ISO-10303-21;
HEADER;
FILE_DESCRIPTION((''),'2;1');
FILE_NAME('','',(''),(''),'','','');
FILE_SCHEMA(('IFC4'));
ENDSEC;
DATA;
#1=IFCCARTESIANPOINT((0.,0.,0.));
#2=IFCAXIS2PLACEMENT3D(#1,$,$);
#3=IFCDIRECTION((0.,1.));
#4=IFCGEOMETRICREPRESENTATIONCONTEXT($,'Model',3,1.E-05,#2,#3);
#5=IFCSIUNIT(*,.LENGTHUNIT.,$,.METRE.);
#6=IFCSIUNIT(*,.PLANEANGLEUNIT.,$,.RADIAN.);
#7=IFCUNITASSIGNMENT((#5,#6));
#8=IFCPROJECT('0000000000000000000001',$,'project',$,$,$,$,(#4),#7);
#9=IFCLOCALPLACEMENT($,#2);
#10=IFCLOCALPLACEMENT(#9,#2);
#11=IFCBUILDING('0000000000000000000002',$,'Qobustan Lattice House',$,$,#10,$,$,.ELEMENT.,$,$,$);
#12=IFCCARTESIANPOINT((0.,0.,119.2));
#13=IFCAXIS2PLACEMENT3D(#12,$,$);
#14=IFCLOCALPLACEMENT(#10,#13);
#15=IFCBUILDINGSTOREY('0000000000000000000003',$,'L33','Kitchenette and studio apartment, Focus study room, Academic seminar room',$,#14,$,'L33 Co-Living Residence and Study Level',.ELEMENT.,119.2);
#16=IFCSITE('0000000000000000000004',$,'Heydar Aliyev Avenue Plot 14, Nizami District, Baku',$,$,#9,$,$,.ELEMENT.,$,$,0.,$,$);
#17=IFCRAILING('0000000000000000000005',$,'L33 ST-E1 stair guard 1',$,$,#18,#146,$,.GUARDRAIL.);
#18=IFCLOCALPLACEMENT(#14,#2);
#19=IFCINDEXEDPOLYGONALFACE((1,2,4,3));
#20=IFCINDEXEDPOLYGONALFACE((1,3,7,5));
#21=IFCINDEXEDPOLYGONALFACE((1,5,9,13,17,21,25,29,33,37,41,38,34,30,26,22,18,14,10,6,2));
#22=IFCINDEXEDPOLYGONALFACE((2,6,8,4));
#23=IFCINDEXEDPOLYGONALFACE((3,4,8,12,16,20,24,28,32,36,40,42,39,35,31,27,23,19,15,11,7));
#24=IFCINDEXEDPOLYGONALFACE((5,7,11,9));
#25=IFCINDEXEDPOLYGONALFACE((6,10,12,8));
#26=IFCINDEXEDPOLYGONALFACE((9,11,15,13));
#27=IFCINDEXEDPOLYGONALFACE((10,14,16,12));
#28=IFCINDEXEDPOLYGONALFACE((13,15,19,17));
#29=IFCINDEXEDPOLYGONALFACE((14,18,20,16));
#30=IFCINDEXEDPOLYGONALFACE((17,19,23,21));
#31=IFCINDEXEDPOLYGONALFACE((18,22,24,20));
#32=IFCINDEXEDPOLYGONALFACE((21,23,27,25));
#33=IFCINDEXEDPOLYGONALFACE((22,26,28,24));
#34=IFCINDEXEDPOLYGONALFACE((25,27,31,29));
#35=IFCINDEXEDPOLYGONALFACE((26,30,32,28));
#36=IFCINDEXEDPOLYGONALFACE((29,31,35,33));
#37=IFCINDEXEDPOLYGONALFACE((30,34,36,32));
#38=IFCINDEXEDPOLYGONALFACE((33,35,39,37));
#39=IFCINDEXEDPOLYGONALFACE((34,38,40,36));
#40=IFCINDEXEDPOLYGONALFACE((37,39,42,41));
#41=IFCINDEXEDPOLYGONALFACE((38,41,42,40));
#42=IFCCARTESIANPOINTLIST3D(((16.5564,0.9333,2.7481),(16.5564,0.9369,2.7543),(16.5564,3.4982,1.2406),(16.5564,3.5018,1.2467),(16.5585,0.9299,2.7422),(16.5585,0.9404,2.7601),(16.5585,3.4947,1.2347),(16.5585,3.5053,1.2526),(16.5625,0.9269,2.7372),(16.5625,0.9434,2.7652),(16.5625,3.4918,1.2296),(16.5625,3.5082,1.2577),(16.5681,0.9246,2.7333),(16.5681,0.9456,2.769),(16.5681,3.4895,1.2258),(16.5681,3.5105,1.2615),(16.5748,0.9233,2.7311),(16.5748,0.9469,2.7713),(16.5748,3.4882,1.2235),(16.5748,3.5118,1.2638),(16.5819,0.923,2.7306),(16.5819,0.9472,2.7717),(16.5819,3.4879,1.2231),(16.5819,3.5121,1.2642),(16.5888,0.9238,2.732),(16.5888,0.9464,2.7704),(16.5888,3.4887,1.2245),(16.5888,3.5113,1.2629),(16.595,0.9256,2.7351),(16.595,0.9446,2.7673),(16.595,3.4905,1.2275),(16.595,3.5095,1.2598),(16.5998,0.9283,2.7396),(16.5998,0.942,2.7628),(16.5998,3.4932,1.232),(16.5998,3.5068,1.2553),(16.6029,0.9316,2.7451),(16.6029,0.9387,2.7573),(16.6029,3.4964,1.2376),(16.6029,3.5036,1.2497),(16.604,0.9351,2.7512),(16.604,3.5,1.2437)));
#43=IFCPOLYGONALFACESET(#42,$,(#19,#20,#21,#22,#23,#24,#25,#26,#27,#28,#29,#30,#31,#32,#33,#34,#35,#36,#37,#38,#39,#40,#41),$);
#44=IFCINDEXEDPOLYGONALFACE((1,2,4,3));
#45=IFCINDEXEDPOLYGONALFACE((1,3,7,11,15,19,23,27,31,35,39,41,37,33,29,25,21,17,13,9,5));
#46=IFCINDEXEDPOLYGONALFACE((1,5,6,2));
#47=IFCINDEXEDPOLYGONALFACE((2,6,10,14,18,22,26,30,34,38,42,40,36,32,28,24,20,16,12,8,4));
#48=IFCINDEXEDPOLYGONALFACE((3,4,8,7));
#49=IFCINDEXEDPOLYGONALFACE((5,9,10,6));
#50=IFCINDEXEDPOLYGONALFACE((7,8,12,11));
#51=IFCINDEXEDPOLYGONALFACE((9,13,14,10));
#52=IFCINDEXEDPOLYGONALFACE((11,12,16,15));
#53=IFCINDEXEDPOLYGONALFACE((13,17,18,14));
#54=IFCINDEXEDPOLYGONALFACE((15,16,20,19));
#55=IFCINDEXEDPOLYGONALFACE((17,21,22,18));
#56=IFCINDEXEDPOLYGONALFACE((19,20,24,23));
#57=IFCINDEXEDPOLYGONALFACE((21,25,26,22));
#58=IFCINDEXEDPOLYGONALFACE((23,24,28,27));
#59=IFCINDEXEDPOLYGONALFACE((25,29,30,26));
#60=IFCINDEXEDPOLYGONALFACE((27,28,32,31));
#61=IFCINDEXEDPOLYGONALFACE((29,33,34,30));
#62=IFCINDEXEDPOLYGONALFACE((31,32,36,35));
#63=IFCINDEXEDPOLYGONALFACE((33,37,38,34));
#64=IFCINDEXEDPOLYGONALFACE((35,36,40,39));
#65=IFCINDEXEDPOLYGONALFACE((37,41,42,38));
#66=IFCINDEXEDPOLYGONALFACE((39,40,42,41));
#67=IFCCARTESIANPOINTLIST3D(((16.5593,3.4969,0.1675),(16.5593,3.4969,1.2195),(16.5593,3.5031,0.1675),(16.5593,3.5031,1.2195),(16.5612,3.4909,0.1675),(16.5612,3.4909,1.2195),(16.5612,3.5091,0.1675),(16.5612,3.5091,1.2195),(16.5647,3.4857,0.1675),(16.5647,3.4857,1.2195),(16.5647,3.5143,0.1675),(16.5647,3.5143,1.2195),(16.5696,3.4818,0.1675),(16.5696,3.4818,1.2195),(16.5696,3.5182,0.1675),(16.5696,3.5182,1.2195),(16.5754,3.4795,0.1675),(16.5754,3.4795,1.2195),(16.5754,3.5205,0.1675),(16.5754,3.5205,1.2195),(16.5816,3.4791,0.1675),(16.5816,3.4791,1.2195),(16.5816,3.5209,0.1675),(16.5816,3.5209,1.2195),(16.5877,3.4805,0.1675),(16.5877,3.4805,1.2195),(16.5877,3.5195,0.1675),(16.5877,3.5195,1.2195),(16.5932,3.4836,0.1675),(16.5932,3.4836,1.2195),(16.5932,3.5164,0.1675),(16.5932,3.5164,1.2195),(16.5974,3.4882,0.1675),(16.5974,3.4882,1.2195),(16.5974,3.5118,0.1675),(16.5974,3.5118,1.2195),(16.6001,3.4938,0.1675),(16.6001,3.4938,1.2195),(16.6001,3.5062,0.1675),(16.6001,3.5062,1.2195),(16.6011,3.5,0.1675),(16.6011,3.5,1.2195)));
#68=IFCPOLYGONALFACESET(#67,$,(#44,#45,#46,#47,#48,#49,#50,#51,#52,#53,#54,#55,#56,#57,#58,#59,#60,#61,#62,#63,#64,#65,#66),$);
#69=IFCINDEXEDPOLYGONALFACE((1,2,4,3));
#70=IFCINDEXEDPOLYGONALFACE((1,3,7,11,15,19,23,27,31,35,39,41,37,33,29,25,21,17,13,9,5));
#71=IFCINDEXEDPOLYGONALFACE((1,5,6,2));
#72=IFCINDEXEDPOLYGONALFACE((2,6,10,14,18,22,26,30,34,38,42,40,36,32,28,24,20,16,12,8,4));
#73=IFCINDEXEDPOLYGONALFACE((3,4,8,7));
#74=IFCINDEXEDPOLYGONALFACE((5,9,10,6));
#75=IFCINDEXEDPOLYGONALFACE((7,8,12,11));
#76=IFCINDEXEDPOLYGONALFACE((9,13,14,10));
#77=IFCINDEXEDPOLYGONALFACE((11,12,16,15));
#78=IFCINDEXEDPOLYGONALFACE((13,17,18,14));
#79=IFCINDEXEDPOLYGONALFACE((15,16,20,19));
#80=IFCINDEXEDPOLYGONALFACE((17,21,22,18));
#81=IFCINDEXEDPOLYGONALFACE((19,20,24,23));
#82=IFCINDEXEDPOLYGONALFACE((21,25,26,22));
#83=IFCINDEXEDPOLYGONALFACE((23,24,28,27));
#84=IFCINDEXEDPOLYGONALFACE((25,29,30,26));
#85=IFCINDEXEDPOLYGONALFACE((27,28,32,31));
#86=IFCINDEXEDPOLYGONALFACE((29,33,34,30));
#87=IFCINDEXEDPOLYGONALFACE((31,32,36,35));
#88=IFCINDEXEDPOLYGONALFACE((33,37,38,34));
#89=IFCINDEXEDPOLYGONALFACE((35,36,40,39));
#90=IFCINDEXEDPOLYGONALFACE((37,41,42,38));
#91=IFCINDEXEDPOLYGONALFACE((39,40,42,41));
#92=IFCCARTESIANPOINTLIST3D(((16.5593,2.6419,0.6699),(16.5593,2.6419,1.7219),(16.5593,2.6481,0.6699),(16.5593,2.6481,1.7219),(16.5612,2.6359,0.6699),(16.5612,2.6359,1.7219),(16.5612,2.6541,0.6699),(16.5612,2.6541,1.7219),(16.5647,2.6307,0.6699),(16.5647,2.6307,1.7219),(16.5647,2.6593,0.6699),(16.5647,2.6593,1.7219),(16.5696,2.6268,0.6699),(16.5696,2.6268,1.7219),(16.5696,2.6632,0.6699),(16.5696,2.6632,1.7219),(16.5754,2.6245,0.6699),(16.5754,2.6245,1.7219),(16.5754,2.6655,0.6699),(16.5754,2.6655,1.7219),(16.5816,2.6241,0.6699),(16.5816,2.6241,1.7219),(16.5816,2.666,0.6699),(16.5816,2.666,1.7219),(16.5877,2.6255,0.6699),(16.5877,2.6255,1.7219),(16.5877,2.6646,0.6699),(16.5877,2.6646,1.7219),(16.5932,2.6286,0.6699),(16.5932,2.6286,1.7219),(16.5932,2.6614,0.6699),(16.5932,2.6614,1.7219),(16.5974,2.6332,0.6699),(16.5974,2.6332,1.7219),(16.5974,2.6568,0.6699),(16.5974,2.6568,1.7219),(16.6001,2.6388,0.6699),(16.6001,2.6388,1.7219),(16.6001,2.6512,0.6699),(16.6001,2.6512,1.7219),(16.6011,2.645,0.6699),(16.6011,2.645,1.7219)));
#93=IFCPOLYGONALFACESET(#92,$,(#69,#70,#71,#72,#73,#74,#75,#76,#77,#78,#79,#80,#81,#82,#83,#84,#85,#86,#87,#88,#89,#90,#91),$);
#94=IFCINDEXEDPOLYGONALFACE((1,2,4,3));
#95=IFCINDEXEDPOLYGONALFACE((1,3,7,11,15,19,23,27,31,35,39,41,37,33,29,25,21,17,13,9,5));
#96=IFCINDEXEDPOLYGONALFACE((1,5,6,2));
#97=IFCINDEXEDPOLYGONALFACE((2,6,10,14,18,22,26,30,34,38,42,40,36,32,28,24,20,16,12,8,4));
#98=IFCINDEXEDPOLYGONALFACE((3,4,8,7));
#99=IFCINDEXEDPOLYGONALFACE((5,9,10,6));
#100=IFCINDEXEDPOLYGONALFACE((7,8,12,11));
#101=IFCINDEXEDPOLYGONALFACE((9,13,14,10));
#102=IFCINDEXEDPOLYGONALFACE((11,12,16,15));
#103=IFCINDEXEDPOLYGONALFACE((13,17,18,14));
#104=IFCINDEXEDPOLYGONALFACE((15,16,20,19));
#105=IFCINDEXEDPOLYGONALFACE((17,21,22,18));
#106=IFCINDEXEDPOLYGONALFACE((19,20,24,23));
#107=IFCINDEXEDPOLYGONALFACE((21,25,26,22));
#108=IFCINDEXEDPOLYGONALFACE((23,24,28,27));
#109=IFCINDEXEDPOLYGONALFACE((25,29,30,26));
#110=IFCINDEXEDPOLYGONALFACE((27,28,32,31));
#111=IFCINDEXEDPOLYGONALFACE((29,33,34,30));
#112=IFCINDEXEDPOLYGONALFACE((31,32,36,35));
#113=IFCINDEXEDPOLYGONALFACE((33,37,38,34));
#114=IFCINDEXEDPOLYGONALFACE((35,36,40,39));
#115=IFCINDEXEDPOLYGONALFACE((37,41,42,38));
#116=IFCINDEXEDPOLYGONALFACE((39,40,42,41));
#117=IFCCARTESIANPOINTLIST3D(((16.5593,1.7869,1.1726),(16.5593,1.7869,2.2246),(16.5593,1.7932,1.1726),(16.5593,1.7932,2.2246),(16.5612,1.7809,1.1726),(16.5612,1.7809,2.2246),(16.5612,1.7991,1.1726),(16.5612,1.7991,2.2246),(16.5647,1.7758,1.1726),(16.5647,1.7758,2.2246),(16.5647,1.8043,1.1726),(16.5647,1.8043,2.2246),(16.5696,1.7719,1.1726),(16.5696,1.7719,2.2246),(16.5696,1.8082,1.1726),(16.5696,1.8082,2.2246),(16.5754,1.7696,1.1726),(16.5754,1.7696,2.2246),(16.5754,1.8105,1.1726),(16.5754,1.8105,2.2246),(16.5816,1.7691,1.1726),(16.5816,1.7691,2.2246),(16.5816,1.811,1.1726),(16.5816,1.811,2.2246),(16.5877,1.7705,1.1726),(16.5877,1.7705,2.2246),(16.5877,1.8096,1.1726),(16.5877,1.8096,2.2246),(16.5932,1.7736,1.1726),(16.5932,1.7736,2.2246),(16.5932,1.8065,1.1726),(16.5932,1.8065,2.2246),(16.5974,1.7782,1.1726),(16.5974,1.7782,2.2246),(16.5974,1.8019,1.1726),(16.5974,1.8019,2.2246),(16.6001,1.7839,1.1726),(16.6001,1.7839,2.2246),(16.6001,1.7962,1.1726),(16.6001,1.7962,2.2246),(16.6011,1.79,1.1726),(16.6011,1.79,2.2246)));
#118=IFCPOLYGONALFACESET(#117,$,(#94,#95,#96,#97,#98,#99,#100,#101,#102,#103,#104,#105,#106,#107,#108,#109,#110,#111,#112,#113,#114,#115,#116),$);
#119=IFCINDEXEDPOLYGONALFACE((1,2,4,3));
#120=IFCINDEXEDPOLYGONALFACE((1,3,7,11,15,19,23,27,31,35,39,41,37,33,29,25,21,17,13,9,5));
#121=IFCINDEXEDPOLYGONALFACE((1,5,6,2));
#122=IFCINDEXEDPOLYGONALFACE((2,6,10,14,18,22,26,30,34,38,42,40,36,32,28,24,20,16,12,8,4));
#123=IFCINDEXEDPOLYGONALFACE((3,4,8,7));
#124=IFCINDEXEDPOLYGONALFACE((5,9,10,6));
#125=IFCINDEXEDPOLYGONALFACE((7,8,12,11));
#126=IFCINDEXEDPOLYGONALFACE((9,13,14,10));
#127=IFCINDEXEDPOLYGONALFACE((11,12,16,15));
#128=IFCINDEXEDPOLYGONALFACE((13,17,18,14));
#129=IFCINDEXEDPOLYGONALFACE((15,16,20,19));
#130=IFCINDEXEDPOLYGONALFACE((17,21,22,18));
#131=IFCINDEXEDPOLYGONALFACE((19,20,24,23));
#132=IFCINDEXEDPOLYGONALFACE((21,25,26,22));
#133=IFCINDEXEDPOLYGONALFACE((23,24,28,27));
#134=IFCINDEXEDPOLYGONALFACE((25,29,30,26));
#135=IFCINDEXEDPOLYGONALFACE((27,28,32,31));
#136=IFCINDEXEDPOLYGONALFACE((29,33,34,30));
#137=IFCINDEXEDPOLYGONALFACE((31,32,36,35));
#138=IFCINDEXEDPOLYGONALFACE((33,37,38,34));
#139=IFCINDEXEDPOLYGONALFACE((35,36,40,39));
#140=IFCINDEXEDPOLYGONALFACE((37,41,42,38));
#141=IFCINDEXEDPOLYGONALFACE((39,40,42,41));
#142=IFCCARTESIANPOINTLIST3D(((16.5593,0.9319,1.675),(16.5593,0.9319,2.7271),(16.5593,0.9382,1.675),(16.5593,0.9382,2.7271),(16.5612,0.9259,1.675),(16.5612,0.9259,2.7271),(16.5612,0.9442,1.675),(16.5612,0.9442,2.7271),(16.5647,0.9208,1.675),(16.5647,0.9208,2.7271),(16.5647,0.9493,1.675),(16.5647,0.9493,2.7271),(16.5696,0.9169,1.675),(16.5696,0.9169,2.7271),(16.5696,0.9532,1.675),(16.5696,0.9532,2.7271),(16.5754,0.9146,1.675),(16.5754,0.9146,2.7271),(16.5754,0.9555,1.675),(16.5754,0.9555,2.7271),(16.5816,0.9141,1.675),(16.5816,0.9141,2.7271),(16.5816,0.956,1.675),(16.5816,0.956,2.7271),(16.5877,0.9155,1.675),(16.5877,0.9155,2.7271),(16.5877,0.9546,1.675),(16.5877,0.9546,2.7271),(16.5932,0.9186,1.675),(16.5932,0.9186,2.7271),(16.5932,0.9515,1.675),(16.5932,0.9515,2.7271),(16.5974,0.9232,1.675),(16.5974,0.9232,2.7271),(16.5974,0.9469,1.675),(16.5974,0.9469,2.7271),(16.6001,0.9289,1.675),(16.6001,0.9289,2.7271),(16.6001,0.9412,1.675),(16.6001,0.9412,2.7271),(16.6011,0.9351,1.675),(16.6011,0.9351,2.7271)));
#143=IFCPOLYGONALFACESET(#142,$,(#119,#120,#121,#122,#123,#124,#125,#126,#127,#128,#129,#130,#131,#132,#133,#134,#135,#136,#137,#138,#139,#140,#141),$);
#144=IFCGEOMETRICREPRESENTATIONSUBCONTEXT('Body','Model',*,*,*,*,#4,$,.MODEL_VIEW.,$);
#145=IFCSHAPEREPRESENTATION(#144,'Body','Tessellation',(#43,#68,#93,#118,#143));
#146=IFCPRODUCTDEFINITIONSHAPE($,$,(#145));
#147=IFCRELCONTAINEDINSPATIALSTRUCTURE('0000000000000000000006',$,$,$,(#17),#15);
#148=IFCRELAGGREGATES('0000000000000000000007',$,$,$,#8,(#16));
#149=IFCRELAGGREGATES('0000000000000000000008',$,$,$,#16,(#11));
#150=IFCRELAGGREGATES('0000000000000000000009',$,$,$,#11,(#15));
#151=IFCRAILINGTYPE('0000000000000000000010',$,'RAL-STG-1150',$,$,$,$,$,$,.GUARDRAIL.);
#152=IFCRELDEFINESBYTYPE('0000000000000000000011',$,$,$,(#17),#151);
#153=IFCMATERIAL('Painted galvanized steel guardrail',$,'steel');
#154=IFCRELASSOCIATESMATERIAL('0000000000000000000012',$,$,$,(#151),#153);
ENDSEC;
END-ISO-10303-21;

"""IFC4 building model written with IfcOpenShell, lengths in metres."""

from ifc_helpers import new_model, si_unit, direction, frame, origin, origin_2d, place, context, subcontext, project, spatial, circle, extrude, material, type_object, element, save


model = new_model("IFC4")

# Units and contexts
model_context = context("Model", 3, precision=1e-05, world=origin(), true_north=direction((0.0, 1.0)))
body_context = subcontext(model_context, "Body", "Model", "MODEL_VIEW")
ifc_project = project(units=[si_unit("LENGTHUNIT", "METRE"), si_unit("PLANEANGLEUNIT", "RADIAN")], contexts=[model_context])

# Site, building, storey
site_placement = place(None, origin())
site = spatial("IfcSite", under=ifc_project, at=site_placement, Name="Heydar Aliyev Avenue Plot 14, Nizami District, Baku", CompositionType="ELEMENT", RefElevation=0.0)
building_placement = place(site_placement, origin())
building = spatial("IfcBuilding", under=site, at=building_placement, Name="Qobustan Lattice House", CompositionType="ELEMENT")
storey_placement = place(building_placement, frame((0.0, 0.0, 119.2)))
storey = spatial("IfcBuildingStorey", under=building, at=storey_placement, Name="L33", Description="Kitchenette and studio apartment, Focus study room, Academic seminar room", LongName="L33 Co-Living Residence and Study Level", CompositionType="ELEMENT", Elevation=119.2)

# Railing
ifc_material_1 = material(Name="Painted galvanized steel guardrail", Category="steel")
railing_type_1 = type_object("IfcRailingType", Name="RAL-STG-1150", PredefinedType="GUARDRAIL", material=ifc_material_1)
railing_1_placement = place(storey_placement, frame((16.5801, 3.5, 0.1675)))
element("IfcRailing", 1, at=railing_1_placement, inside=storey, type_object=railing_type_1, Name="L33 ST-E1 stair guard 1", PredefinedType="GUARDRAIL", context=body_context, shape_type="SweptSolid", body=[
    extrude(circle(Radius=0.0239, at=origin_2d()), frame((0.0, 0.0, 1.0762), z_axis=(0.0, -0.862113, 0.506715), x_axis=(1.0, 0.0, 0.0)), (0.0, 0.0, 1.0), 2.9751),
    extrude(circle(Radius=0.021, at=origin_2d()), origin(), (0.0, 0.0, 1.0), 1.052),
    extrude(circle(Radius=0.021, at=origin_2d()), frame((0.0, -0.855, 0.5024)), (0.0, 0.0, 1.0), 1.052),
    extrude(circle(Radius=0.021, at=origin_2d()), frame((0.0, -1.71, 1.0051)), (0.0, 0.0, 1.0), 1.052),
    extrude(circle(Radius=0.021, at=origin_2d()), frame((0.0, -2.5649, 1.5076)), (0.0, 0.0, 1.0), 1.052),
])

save(model, "model.ifc")
